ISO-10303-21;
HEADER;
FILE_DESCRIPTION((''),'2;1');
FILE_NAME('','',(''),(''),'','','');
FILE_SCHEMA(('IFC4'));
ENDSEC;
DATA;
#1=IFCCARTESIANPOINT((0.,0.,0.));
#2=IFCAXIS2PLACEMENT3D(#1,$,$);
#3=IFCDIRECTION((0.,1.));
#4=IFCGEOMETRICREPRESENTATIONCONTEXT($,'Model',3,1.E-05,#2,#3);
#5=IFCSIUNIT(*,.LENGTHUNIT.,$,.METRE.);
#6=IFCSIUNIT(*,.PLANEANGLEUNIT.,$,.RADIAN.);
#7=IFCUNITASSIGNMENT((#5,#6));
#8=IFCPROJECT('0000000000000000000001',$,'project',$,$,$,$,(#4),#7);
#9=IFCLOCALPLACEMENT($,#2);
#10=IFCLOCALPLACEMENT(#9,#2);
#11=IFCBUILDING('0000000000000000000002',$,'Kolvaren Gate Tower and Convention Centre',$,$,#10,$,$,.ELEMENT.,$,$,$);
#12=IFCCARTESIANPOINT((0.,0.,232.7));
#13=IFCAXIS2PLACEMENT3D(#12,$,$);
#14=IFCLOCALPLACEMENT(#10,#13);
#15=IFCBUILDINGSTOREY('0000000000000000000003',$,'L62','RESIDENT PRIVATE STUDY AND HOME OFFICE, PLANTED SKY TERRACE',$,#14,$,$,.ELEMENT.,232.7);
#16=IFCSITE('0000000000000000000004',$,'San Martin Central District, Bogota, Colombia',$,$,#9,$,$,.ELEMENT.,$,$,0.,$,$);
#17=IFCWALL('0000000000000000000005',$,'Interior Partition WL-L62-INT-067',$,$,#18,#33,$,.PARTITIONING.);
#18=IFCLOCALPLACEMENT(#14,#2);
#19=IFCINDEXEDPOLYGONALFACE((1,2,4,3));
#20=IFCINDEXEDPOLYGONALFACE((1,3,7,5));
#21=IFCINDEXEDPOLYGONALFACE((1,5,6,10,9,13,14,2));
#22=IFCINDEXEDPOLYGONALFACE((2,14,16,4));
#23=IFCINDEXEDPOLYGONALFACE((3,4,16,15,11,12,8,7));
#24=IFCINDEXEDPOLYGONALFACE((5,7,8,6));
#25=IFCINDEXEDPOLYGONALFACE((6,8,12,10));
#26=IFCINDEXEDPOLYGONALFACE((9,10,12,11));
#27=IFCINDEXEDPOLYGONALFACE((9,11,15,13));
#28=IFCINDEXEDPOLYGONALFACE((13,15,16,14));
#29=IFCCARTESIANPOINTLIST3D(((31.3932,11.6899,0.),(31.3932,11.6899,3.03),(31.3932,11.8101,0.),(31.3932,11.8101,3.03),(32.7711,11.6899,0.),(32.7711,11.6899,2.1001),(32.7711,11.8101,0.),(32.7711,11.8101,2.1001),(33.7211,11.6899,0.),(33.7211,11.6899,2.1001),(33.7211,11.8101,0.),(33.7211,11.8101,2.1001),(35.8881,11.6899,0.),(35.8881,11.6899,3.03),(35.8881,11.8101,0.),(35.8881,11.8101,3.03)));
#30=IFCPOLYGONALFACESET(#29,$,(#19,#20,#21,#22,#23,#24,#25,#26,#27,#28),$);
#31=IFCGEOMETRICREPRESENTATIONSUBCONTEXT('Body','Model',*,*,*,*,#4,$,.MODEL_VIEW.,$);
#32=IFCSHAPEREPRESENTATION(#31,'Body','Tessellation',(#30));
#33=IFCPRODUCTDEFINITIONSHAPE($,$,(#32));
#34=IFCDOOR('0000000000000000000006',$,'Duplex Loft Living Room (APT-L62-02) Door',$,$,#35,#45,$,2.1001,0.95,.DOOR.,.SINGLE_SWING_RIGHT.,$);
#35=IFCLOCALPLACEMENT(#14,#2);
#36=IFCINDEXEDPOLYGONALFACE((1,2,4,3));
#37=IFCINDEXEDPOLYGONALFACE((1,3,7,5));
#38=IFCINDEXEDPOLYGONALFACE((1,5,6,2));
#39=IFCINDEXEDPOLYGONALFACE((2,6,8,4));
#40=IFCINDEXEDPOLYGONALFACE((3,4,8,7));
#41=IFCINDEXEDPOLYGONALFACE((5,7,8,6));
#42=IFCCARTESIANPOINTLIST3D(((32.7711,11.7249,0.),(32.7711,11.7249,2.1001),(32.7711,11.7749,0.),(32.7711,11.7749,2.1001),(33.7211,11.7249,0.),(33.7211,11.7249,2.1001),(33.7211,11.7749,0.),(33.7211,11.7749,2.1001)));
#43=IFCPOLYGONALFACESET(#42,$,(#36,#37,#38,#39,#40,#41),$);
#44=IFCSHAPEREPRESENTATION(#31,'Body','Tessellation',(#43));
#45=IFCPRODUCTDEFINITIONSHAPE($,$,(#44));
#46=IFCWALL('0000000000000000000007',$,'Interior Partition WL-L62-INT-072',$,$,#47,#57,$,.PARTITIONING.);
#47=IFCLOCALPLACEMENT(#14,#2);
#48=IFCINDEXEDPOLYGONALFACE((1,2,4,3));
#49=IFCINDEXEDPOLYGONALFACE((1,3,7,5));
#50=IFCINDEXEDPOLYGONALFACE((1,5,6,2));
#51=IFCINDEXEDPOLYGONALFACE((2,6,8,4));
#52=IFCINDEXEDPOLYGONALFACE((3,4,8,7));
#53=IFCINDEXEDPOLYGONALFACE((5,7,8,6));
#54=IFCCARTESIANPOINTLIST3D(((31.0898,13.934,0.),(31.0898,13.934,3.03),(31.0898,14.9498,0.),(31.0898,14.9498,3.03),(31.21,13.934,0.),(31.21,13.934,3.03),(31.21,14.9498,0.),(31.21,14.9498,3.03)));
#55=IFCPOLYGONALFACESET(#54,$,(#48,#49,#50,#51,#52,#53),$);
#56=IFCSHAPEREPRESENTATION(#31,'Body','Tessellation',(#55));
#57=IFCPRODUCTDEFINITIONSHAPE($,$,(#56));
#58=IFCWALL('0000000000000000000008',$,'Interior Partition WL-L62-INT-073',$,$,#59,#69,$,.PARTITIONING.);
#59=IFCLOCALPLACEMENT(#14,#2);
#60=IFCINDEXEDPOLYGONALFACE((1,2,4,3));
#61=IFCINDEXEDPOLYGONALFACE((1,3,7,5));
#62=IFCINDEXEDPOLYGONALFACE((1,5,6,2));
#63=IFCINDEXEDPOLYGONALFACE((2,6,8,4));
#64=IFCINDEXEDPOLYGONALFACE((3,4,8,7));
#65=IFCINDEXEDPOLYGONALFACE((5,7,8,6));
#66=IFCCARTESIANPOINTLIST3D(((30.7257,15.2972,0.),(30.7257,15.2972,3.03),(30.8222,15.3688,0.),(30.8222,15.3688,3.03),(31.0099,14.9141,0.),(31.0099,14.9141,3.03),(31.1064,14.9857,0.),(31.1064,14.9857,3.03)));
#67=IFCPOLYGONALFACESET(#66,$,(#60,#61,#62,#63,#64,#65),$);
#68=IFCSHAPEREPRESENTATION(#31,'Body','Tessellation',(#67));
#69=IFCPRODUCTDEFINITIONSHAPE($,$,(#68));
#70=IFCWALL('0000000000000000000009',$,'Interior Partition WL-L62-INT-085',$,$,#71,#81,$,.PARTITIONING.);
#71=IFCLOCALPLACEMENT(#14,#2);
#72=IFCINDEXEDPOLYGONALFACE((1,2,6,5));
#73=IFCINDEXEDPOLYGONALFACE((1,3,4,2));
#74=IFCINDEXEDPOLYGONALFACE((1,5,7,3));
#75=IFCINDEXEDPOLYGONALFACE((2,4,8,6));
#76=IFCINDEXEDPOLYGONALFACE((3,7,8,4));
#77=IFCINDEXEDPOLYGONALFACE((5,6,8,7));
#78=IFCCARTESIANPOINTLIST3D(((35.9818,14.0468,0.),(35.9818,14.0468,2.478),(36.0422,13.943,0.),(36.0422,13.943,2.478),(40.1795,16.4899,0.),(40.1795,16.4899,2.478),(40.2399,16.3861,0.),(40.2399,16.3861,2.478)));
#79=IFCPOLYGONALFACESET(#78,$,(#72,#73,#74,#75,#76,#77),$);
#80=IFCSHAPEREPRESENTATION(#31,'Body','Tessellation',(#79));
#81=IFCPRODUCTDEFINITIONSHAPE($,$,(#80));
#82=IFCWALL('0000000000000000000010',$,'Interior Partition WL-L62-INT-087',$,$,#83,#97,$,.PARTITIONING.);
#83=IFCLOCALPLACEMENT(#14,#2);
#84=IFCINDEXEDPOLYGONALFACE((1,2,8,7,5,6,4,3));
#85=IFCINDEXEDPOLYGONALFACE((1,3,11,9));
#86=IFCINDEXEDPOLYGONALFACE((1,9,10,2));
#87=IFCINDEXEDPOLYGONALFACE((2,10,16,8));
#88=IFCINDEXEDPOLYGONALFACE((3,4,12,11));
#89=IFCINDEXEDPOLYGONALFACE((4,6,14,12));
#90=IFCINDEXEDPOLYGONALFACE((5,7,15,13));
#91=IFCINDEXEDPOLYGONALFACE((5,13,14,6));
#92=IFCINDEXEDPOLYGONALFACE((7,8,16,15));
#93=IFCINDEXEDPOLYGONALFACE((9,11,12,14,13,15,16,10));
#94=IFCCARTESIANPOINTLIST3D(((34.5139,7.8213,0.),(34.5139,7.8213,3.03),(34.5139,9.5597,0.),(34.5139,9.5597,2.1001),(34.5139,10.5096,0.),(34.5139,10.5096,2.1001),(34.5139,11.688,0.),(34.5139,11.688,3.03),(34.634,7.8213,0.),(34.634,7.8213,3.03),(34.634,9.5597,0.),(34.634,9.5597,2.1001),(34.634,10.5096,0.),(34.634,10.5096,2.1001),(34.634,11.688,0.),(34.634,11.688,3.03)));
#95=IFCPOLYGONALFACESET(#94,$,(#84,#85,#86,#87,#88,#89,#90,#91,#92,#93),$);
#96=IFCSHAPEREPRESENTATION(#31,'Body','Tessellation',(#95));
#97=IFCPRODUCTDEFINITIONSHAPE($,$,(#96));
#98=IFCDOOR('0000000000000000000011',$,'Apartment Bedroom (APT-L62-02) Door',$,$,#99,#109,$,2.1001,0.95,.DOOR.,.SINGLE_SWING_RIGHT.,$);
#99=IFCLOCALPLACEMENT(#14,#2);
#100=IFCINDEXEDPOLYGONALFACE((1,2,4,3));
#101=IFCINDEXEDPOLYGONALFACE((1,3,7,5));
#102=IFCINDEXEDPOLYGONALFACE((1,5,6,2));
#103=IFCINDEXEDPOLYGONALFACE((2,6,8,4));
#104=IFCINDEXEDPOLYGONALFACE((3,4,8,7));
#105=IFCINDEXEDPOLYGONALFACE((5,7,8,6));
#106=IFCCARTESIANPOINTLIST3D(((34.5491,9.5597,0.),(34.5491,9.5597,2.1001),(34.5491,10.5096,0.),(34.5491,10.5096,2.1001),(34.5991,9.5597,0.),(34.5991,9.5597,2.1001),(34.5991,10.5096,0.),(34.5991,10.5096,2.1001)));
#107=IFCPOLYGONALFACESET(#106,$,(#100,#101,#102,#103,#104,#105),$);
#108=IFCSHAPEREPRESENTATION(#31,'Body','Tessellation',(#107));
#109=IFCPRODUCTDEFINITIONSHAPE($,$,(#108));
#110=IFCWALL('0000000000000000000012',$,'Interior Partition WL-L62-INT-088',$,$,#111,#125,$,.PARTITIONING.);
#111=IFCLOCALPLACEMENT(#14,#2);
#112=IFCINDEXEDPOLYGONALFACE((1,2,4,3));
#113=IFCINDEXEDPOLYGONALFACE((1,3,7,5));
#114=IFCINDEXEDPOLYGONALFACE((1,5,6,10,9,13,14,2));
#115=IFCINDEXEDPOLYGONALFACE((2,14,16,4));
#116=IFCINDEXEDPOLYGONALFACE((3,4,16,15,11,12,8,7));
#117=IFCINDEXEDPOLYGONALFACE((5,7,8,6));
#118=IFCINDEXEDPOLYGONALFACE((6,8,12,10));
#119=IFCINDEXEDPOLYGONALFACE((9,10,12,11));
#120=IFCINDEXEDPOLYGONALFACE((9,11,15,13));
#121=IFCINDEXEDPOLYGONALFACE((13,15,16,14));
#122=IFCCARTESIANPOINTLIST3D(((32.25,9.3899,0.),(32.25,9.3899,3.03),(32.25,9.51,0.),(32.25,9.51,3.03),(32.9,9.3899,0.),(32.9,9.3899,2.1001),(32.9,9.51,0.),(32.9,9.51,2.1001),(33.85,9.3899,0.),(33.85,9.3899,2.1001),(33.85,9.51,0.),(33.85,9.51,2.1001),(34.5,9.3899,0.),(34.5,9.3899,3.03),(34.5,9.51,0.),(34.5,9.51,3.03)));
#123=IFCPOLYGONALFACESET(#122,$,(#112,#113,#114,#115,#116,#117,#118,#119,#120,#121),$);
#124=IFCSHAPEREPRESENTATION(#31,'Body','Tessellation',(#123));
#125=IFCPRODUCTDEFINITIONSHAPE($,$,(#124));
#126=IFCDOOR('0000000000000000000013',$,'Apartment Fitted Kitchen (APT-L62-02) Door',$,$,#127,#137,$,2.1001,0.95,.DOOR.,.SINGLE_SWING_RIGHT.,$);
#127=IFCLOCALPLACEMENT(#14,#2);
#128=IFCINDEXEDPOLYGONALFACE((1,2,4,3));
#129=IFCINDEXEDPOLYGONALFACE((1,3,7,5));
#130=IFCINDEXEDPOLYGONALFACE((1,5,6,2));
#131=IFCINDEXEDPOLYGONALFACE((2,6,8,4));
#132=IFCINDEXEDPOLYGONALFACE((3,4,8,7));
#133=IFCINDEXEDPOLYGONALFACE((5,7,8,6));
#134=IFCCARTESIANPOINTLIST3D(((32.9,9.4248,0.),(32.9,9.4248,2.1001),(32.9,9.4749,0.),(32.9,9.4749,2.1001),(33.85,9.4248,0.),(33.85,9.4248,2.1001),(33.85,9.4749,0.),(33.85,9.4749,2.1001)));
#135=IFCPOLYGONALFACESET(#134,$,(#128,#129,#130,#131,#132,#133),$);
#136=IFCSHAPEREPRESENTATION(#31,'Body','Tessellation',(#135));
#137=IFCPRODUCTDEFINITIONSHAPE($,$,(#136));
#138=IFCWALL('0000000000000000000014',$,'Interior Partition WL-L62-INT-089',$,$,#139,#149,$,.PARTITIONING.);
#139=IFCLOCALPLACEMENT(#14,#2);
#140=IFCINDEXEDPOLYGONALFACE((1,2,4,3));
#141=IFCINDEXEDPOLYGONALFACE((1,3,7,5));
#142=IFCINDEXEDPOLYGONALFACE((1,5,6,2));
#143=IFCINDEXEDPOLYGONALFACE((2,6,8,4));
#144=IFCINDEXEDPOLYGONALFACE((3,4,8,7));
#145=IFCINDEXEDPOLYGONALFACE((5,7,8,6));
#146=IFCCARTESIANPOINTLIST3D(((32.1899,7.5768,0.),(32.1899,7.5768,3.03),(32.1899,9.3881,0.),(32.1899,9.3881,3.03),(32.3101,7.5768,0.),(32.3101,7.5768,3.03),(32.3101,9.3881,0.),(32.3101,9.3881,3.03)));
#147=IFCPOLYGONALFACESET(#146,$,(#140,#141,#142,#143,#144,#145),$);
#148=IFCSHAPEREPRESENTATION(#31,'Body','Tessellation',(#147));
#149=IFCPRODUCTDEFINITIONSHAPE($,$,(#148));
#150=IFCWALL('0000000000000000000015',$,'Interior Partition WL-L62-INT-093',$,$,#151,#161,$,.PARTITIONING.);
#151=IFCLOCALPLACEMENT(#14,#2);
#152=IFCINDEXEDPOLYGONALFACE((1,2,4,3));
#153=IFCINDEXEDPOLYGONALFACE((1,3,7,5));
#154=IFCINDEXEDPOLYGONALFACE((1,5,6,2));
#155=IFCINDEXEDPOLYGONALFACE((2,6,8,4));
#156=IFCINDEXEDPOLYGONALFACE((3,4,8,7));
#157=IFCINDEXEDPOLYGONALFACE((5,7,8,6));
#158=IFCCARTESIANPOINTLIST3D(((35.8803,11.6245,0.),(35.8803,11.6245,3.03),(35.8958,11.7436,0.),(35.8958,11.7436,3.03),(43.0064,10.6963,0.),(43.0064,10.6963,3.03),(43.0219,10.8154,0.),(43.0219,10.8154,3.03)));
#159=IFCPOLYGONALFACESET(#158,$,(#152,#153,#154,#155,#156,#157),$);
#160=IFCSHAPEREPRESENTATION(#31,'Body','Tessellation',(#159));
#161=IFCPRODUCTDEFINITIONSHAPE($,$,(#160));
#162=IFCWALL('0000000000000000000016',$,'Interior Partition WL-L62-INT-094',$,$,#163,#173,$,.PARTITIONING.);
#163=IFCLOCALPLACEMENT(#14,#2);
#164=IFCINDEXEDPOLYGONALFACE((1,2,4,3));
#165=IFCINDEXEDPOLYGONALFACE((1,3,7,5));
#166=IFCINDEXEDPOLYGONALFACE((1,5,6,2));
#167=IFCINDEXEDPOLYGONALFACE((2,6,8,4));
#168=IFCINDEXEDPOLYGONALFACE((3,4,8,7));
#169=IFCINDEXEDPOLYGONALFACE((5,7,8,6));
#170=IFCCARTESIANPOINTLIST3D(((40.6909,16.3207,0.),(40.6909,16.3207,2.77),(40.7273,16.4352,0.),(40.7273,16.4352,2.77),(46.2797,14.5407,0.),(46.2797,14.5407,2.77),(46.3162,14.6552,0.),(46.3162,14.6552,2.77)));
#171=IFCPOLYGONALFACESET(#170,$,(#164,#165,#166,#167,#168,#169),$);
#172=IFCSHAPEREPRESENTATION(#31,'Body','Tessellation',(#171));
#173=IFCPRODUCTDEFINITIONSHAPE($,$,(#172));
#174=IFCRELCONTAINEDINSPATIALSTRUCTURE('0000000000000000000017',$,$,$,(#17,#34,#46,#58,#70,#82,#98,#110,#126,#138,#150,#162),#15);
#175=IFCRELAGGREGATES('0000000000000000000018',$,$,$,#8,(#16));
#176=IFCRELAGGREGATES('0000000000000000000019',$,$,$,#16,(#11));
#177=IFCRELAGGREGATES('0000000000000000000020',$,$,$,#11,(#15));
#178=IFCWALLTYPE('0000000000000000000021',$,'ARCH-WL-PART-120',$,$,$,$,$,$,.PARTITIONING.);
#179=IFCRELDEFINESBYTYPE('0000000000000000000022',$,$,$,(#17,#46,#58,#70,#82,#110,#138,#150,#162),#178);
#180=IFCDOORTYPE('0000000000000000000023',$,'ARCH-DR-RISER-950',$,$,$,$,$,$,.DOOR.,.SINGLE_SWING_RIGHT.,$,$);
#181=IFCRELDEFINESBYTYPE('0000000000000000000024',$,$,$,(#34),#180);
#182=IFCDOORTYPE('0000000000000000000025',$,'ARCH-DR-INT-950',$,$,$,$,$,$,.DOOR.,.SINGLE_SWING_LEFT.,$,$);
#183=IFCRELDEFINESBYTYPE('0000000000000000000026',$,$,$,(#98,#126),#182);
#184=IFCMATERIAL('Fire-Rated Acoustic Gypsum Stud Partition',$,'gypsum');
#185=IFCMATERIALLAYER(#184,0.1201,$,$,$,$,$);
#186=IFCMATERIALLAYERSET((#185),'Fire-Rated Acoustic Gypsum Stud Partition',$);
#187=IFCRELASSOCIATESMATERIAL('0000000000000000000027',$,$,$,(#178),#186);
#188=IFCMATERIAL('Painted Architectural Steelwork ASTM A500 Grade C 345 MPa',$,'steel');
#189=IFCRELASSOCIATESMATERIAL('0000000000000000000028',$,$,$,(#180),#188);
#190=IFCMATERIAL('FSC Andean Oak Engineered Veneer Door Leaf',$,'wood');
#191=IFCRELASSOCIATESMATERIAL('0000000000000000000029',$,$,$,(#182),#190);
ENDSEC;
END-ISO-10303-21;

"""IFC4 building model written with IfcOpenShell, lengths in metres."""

from ifc_helpers import new_model, si_unit, direction, frame, frame_2d, origin, place, context, subcontext, project, spatial, rectangle, extrude, material, layer, layer_set, type_object, element, fill, save


model = new_model("IFC4")

# Units and contexts
model_context = context("Model", 3, precision=1e-05, world=origin(), true_north=direction((0.0, 1.0)))
body_context = subcontext(model_context, "Body", "Model", "MODEL_VIEW")
ifc_project = project(units=[si_unit("LENGTHUNIT", "METRE"), si_unit("PLANEANGLEUNIT", "RADIAN")], contexts=[model_context])

# Site, building, storey
site_placement = place(None, origin())
site = spatial("IfcSite", under=ifc_project, at=site_placement, Name="San Martin Central District, Bogota, Colombia", CompositionType="ELEMENT", RefElevation=0.0)
building_placement = place(site_placement, origin())
building = spatial("IfcBuilding", under=site, at=building_placement, Name="Kolvaren Gate Tower and Convention Centre", CompositionType="ELEMENT")
storey_placement = place(building_placement, frame((0.0, 0.0, 232.7)))
storey = spatial("IfcBuildingStorey", under=building, at=storey_placement, Name="L62", Description="RESIDENT PRIVATE STUDY AND HOME OFFICE, PLANTED SKY TERRACE", CompositionType="ELEMENT", Elevation=232.7)

# Shared definitions
ifc_material_1 = material(Name="Fire-Rated Acoustic Gypsum Stud Partition", Category="gypsum")
ifc_layer_1 = layer(ifc_material_1, 0.1201)
ifc_layer_set_1 = layer_set([ifc_layer_1], Name="Fire-Rated Acoustic Gypsum Stud Partition")
wall_type_1 = type_object("IfcWallType", Name="ARCH-WL-PART-120", PredefinedType="PARTITIONING", material=ifc_layer_set_1)

# Wall, opening, door
ifc_material_2 = material(Name="Painted Architectural Steelwork ASTM A500 Grade C 345 MPa", Category="steel")
door_type_1 = type_object("IfcDoorType", Name="ARCH-DR-RISER-950", OperationType="SINGLE_SWING_RIGHT", PredefinedType="DOOR", material=ifc_material_2)
wall_1_placement = place(storey_placement, frame((31.3931, 11.75, 0.0), z_axis=(0.0, 0.0, 1.0), x_axis=(1.0, 0.0, 0.0)))
wall_1 = element("IfcWall", 1, at=wall_1_placement, inside=storey, type_object=wall_type_1, Name="Interior Partition WL-L62-INT-067", PredefinedType="PARTITIONING", context=body_context, shape_type="SweptSolid", body=[
    extrude(rectangle(XDim=4.4949, YDim=0.1201, at=frame_2d((2.2476, 0.0))), origin(), (0.0, 0.0, 1.0), 3.03),
])
opening_1_placement = place(wall_1_placement, frame((1.3779, 0.0, 0.0)))
opening_1 = element("IfcOpeningElement", 2, at=opening_1_placement, cuts=wall_1, PredefinedType="OPENING", context=body_context, shape_type="SweptSolid", body=[
    extrude(rectangle(XDim=0.95, YDim=2.1001, at=frame_2d((0.4751, 1.05))), frame((0.0, 0.0701, 0.0), z_axis=(0.0, -1.0, 0.0), x_axis=(1.0, 0.0, 0.0)), (0.0, 0.0, 1.0), 0.1401),
])
door_1_placement = place(opening_1_placement, origin())
door_1 = element("IfcDoor", 3, at=door_1_placement, inside=storey, type_object=door_type_1, Name="Duplex Loft Living Room (APT-L62-02) Door", OperationType="SINGLE_SWING_RIGHT", OverallHeight=2.1001, OverallWidth=0.95, PredefinedType="DOOR", context=body_context, shape_type="SweptSolid", body=[
    extrude(rectangle(XDim=0.95, YDim=2.1001, at=frame_2d((0.4751, 1.05))), frame((0.0, 0.0249, 0.0), z_axis=(0.0, -1.0, 0.0), x_axis=(1.0, 0.0, 0.0)), (0.0, 0.0, 1.0), 0.05),
])
fill(opening_1, door_1)

# Walls
wall_2_placement = place(storey_placement, frame((31.1499, 13.9341, 0.0), z_axis=(0.0, 0.0, 1.0), x_axis=(0.0, 1.0, 0.0)))
element("IfcWall", 4, at=wall_2_placement, inside=storey, type_object=wall_type_1, Name="Interior Partition WL-L62-INT-072", PredefinedType="PARTITIONING", context=body_context, shape_type="SweptSolid", body=[
    extrude(rectangle(XDim=1.0159, YDim=0.1201, at=frame_2d((0.5078, 0.0))), origin(), (0.0, 0.0, 1.0), 3.03),
])
wall_3_placement = place(storey_placement, frame((30.7739, 15.333, 0.0), z_axis=(0.0, 0.0, 1.0), x_axis=(0.595815, -0.803122, 0.0)))
element("IfcWall", 5, at=wall_3_placement, inside=storey, type_object=wall_type_1, Name="Interior Partition WL-L62-INT-073", PredefinedType="PARTITIONING", context=body_context, shape_type="SweptSolid", body=[
    extrude(rectangle(XDim=0.4771, YDim=0.1201, at=frame_2d((0.2385, 0.0))), origin(), (0.0, 0.0, 1.0), 3.03),
])
wall_4_placement = place(storey_placement, frame((36.012, 13.9949, 0.0), z_axis=(0.0, 0.0, 1.0), x_axis=(0.864278, 0.503014, 0.0)))
element("IfcWall", 6, at=wall_4_placement, inside=storey, type_object=wall_type_1, Name="Interior Partition WL-L62-INT-085", PredefinedType="PARTITIONING", context=body_context, shape_type="SweptSolid", body=[
    extrude(rectangle(XDim=4.8569, YDim=0.1201, at=frame_2d((2.4285, 0.0))), origin(), (0.0, 0.0, 1.0), 2.478),
])

# Walls, openings, doors
wall_5_placement = place(storey_placement, frame((34.574, 7.8213, 0.0), z_axis=(0.0, 0.0, 1.0), x_axis=(0.0, 1.0, 0.0)))
wall_5 = element("IfcWall", 7, at=wall_5_placement, inside=storey, type_object=wall_type_1, Name="Interior Partition WL-L62-INT-087", PredefinedType="PARTITIONING", context=body_context, shape_type="SweptSolid", body=[
    extrude(rectangle(XDim=3.8667, YDim=0.1201, at=frame_2d((1.9333, 0.0))), origin(), (0.0, 0.0, 1.0), 3.03),
])
opening_2_placement = place(wall_5_placement, frame((1.7383, 0.0, 0.0)))
opening_2 = element("IfcOpeningElement", 8, at=opening_2_placement, cuts=wall_5, PredefinedType="OPENING", context=body_context, shape_type="SweptSolid", body=[
    extrude(rectangle(XDim=0.95, YDim=2.1001, at=frame_2d((0.4751, 1.05))), frame((0.0, 0.0701, 0.0), z_axis=(0.0, -1.0, 0.0), x_axis=(1.0, 0.0, 0.0)), (0.0, 0.0, 1.0), 0.1401),
])
ifc_material_3 = material(Name="FSC Andean Oak Engineered Veneer Door Leaf", Category="wood")
door_type_2 = type_object("IfcDoorType", Name="ARCH-DR-INT-950", OperationType="SINGLE_SWING_LEFT", PredefinedType="DOOR", material=ifc_material_3)
door_2_placement = place(opening_2_placement, origin())
door_2 = element("IfcDoor", 9, at=door_2_placement, inside=storey, type_object=door_type_2, Name="Apartment Bedroom (APT-L62-02) Door", OperationType="SINGLE_SWING_RIGHT", OverallHeight=2.1001, OverallWidth=0.95, PredefinedType="DOOR", context=body_context, shape_type="SweptSolid", body=[
    extrude(rectangle(XDim=0.95, YDim=2.1001, at=frame_2d((0.4751, 1.05))), frame((0.0, 0.0249, 0.0), z_axis=(0.0, -1.0, 0.0), x_axis=(1.0, 0.0, 0.0)), (0.0, 0.0, 1.0), 0.05),
])
fill(opening_2, door_2)
wall_6_placement = place(storey_placement, frame((32.25, 9.45, 0.0), z_axis=(0.0, 0.0, 1.0), x_axis=(1.0, 0.0, 0.0)))
wall_6 = element("IfcWall", 10, at=wall_6_placement, inside=storey, type_object=wall_type_1, Name="Interior Partition WL-L62-INT-088", PredefinedType="PARTITIONING", context=body_context, shape_type="SweptSolid", body=[
    extrude(rectangle(XDim=2.25, YDim=0.1201, at=frame_2d((1.125, 0.0))), origin(), (0.0, 0.0, 1.0), 3.03),
])
opening_3_placement = place(wall_6_placement, frame((0.6499, 0.0, 0.0)))
opening_3 = element("IfcOpeningElement", 11, at=opening_3_placement, cuts=wall_6, PredefinedType="OPENING", context=body_context, shape_type="SweptSolid", body=[
    extrude(rectangle(XDim=0.95, YDim=2.1001, at=frame_2d((0.4751, 1.05))), frame((0.0, 0.0701, 0.0), z_axis=(0.0, -1.0, 0.0), x_axis=(1.0, 0.0, 0.0)), (0.0, 0.0, 1.0), 0.1401),
])
door_3_placement = place(opening_3_placement, origin())
door_3 = element("IfcDoor", 12, at=door_3_placement, inside=storey, type_object=door_type_2, Name="Apartment Fitted Kitchen (APT-L62-02) Door", OperationType="SINGLE_SWING_RIGHT", OverallHeight=2.1001, OverallWidth=0.95, PredefinedType="DOOR", context=body_context, shape_type="SweptSolid", body=[
    extrude(rectangle(XDim=0.95, YDim=2.1001, at=frame_2d((0.4751, 1.05))), frame((0.0, 0.0249, 0.0), z_axis=(0.0, -1.0, 0.0), x_axis=(1.0, 0.0, 0.0)), (0.0, 0.0, 1.0), 0.05),
])
fill(opening_3, door_3)

# Walls
wall_7_placement = place(storey_placement, frame((32.25, 7.5767, 0.0), z_axis=(0.0, 0.0, 1.0), x_axis=(0.0, 1.0, 0.0)))
element("IfcWall", 13, at=wall_7_placement, inside=storey, type_object=wall_type_1, Name="Interior Partition WL-L62-INT-089", PredefinedType="PARTITIONING", context=body_context, shape_type="SweptSolid", body=[
    extrude(rectangle(XDim=1.8113, YDim=0.1201, at=frame_2d((0.9058, 0.0))), origin(), (0.0, 0.0, 1.0), 3.03),
])
wall_8_placement = place(storey_placement, frame((35.8879, 11.6841, 0.0), z_axis=(0.0, 0.0, 1.0), x_axis=(0.991623, -0.129168, 0.0)))
element("IfcWall", 14, at=wall_8_placement, inside=storey, type_object=wall_type_1, Name="Interior Partition WL-L62-INT-093", PredefinedType="PARTITIONING", context=body_context, shape_type="SweptSolid", body=[
    extrude(rectangle(XDim=7.1863, YDim=0.1201, at=frame_2d((3.5933, 0.0))), origin(), (0.0, 0.0, 1.0), 3.03),
])
wall_9_placement = place(storey_placement, frame((40.7092, 16.3779, 0.0), z_axis=(0.0, 0.0, 1.0), x_axis=(0.952839, -0.303475, 0.0)))
element("IfcWall", 15, at=wall_9_placement, inside=storey, type_object=wall_type_1, Name="Interior Partition WL-L62-INT-094", PredefinedType="PARTITIONING", context=body_context, shape_type="SweptSolid", body=[
    extrude(rectangle(XDim=5.8655, YDim=0.1201, at=frame_2d((2.9326, 0.0))), origin(), (0.0, 0.0, 1.0), 2.77),
])

save(model, "model.ifc")
